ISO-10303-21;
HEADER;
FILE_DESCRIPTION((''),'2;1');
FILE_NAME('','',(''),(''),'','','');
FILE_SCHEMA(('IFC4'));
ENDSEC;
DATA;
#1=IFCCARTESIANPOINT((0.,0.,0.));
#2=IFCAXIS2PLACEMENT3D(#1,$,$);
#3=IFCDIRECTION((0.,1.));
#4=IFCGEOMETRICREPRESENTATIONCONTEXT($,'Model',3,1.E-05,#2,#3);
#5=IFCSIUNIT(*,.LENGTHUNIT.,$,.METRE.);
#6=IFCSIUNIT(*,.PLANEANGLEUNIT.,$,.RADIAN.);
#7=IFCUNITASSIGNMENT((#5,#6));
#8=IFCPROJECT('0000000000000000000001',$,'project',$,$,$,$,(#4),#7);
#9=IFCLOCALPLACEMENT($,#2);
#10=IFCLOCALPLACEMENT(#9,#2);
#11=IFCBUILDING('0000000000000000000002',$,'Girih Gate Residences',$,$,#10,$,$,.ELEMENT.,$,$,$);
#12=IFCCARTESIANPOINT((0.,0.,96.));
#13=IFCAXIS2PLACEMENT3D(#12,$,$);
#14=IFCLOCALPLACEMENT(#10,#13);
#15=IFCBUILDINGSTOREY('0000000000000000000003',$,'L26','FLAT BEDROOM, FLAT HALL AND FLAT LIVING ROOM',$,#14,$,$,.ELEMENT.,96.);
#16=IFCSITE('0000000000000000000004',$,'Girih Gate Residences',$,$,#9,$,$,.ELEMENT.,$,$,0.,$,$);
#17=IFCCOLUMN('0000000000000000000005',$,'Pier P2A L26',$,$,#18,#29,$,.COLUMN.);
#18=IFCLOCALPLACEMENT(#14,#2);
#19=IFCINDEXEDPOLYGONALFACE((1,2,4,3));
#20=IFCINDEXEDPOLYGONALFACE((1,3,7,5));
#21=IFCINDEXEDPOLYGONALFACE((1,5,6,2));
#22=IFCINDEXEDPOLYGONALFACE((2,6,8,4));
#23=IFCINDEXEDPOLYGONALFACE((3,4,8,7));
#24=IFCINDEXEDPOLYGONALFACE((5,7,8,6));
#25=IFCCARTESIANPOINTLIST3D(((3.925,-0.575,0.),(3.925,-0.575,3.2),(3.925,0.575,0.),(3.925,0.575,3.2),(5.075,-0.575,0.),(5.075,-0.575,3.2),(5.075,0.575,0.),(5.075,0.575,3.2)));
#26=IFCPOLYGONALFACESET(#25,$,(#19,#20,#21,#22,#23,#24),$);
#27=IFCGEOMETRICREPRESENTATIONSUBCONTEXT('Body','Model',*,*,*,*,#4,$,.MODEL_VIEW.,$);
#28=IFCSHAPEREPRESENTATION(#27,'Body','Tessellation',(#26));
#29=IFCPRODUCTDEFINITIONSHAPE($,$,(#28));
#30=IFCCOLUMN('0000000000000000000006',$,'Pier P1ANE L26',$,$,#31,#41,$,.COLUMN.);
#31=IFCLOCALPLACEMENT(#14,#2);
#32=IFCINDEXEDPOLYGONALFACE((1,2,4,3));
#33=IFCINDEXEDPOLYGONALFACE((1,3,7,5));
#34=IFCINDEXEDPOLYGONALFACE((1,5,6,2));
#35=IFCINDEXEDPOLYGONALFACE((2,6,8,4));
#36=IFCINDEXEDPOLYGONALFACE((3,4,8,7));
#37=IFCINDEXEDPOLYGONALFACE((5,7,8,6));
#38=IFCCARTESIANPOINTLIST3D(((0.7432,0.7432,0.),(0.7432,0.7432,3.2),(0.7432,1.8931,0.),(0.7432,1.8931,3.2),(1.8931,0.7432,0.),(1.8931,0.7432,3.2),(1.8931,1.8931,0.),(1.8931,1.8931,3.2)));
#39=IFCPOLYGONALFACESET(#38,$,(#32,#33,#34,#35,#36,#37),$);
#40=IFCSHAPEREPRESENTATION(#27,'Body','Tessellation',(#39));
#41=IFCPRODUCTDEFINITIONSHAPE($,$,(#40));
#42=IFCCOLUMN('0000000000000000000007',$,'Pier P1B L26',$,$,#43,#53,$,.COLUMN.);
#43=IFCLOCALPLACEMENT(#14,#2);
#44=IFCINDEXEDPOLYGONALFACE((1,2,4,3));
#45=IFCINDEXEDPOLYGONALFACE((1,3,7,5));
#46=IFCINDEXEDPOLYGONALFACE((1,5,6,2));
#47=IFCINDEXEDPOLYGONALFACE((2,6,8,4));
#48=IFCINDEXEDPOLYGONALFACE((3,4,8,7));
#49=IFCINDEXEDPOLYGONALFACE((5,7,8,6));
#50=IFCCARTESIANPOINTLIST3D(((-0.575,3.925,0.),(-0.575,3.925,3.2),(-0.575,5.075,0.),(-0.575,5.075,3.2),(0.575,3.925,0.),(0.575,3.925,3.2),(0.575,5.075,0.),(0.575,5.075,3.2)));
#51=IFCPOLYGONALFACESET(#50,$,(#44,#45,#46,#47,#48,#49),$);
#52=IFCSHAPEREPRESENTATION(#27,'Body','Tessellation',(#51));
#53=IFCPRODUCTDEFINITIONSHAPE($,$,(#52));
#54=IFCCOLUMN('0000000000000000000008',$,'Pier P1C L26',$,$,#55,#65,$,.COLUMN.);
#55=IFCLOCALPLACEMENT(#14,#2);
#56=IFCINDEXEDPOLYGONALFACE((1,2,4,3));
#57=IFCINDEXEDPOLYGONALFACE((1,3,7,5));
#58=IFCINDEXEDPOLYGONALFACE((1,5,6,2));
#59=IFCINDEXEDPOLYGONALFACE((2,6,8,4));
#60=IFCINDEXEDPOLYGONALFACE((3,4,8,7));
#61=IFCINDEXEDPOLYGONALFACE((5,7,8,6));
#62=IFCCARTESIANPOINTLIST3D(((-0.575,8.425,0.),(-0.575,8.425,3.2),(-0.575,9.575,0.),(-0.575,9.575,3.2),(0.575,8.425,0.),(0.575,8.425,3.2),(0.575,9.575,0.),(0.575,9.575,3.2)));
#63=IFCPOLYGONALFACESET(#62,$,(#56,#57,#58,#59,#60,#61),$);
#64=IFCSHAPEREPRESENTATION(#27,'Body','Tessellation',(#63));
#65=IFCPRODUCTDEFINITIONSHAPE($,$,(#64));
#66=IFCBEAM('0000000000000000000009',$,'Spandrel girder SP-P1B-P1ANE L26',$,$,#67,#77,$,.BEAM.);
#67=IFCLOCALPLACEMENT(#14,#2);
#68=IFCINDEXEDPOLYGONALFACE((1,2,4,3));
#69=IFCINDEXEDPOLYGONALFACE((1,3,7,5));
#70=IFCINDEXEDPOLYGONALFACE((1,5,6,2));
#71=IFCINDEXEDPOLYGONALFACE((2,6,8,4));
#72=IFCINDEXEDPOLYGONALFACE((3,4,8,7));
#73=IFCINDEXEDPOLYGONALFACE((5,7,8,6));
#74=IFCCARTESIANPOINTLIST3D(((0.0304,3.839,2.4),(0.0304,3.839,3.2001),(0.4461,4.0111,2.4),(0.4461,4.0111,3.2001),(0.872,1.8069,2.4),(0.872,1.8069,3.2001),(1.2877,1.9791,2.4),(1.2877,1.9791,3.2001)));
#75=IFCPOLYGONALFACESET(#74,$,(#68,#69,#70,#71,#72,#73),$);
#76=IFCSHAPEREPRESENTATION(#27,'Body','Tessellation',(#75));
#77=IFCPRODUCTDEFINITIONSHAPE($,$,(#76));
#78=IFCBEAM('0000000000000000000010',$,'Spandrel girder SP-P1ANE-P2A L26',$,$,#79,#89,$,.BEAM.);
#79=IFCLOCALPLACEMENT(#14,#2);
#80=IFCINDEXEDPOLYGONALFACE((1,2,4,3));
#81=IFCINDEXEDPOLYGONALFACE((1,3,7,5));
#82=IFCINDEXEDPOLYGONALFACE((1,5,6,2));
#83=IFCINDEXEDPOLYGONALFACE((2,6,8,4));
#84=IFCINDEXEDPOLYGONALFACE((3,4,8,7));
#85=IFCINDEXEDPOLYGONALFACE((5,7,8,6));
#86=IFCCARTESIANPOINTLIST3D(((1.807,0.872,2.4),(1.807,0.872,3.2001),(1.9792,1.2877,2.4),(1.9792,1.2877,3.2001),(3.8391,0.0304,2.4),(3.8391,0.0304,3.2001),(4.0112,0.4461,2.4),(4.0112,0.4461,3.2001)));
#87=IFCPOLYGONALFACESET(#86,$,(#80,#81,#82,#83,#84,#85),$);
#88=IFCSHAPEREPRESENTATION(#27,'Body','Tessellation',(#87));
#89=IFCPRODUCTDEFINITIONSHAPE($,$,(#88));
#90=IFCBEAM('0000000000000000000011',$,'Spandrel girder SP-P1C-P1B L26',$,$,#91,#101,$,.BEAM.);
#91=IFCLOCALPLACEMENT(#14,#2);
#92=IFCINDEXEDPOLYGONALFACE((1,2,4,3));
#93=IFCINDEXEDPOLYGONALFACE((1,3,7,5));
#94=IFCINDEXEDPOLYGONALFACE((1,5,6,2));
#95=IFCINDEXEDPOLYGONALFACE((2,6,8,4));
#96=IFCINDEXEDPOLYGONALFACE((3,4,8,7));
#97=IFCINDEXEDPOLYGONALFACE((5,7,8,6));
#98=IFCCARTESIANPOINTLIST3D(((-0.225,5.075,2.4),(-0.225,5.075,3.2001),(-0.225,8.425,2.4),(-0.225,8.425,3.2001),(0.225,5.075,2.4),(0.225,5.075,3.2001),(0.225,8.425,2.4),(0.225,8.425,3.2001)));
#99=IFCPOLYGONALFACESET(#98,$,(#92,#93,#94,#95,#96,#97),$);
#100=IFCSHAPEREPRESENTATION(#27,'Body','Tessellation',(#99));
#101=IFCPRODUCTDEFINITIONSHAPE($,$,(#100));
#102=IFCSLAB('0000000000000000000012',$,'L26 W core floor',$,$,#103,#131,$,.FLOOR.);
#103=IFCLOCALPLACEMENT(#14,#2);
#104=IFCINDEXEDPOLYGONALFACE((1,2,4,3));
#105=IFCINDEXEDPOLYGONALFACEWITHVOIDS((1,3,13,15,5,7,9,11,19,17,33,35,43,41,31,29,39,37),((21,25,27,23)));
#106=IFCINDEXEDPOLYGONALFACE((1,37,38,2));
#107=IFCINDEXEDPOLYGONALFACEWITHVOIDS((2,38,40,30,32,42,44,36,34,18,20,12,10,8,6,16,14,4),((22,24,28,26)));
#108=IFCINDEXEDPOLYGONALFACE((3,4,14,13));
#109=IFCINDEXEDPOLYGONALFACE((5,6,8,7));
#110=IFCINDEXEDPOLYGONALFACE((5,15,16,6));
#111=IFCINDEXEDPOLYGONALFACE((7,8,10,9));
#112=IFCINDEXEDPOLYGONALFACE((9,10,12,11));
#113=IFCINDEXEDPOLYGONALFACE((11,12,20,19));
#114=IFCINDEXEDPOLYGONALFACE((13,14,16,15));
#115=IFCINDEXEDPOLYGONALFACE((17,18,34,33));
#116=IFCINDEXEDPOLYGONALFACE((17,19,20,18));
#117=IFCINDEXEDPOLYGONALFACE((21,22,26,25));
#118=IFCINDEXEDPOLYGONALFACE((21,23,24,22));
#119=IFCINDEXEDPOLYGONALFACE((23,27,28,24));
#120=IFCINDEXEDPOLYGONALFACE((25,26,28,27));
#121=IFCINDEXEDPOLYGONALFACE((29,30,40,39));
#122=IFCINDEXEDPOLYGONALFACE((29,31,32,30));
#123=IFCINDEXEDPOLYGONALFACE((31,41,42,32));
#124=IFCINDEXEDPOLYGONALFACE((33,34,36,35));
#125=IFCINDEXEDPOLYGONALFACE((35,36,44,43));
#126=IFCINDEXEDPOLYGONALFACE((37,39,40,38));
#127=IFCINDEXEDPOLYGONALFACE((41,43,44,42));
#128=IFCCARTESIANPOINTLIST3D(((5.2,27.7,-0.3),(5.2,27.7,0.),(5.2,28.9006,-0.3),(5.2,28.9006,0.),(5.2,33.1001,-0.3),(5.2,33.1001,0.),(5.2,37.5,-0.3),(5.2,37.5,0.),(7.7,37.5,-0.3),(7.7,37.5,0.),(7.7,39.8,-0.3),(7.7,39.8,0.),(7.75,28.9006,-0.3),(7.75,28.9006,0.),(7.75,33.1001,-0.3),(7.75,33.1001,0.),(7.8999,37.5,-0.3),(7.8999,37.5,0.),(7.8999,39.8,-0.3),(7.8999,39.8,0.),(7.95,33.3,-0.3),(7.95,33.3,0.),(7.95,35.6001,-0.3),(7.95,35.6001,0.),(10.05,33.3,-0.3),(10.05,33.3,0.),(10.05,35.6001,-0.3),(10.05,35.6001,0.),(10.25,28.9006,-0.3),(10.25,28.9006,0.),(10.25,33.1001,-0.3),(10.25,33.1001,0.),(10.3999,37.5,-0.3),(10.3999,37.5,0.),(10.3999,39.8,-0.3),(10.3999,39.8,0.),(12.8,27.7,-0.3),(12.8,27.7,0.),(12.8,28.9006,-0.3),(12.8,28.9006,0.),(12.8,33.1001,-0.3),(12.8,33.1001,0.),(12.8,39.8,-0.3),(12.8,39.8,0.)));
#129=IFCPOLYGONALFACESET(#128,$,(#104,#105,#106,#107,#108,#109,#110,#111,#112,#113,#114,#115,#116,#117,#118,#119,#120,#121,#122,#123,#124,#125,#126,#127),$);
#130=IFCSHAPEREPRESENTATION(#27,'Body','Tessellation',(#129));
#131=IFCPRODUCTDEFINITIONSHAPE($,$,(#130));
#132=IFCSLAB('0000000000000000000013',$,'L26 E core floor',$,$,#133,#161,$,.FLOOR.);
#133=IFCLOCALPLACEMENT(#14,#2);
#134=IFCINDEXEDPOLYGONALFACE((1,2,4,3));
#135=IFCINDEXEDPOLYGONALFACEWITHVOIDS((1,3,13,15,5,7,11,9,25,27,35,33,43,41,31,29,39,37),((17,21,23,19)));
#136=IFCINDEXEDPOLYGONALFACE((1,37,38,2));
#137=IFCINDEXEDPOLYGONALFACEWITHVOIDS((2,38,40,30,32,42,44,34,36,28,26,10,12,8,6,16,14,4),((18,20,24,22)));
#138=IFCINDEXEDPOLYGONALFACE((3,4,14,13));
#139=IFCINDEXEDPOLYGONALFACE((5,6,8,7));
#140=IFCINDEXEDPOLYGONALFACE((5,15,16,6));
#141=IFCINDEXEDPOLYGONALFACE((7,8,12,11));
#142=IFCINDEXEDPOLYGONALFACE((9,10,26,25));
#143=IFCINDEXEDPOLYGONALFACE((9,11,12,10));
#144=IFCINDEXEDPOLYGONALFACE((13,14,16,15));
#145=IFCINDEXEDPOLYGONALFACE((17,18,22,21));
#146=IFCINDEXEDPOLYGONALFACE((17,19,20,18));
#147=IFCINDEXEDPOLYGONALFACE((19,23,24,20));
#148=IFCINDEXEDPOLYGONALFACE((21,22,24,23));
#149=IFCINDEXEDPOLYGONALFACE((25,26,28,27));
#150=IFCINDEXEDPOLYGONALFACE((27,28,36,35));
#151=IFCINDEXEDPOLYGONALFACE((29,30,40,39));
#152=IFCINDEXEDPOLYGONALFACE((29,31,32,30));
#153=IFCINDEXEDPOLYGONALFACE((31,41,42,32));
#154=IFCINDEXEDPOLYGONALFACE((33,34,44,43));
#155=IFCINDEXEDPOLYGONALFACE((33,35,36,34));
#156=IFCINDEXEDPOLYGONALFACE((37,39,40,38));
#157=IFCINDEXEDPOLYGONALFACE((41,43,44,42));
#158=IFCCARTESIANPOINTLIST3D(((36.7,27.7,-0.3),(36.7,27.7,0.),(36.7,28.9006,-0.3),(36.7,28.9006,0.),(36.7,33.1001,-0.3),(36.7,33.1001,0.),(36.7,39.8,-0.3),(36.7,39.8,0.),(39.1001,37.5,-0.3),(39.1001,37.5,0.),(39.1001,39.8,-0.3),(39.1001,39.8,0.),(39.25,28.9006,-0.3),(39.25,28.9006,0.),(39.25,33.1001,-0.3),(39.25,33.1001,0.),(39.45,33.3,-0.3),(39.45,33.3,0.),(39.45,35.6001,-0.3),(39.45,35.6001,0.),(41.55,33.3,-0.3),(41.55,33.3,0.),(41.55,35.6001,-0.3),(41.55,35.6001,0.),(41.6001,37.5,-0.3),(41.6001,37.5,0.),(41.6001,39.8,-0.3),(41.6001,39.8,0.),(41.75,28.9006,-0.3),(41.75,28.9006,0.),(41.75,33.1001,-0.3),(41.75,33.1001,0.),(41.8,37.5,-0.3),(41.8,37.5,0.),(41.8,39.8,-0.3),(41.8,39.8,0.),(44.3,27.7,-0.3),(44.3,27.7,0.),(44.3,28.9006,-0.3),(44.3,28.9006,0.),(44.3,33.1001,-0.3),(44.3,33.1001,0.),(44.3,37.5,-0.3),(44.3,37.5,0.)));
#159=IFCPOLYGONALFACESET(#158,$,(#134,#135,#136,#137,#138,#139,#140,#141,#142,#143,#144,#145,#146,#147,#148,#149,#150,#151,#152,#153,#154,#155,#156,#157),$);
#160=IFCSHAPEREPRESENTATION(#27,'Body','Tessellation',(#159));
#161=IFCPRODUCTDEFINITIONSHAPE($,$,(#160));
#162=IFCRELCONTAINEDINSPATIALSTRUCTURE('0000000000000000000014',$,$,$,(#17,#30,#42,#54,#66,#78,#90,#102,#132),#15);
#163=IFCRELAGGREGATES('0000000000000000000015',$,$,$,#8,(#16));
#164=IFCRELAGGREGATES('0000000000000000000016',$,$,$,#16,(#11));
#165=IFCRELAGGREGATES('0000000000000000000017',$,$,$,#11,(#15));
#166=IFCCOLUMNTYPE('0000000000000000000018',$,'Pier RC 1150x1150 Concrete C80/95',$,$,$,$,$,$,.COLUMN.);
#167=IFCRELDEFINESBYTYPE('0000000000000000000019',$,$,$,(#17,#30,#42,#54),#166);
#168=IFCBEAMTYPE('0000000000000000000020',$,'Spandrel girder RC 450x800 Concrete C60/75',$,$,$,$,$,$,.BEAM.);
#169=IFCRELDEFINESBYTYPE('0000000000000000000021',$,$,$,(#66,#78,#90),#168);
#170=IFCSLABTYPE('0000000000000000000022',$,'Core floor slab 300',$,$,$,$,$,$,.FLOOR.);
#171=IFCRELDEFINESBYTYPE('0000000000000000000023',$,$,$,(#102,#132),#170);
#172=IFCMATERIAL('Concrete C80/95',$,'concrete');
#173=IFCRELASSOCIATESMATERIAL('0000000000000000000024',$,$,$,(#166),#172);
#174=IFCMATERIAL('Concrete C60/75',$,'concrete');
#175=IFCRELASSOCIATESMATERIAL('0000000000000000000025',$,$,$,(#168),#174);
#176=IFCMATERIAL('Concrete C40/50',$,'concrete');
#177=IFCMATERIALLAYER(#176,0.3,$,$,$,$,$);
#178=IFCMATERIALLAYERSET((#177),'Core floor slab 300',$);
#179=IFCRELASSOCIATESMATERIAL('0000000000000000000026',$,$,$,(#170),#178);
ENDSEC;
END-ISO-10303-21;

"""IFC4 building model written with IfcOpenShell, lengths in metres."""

from ifc_helpers import new_model, si_unit, direction, frame, origin, origin_2d, place, context, subcontext, project, spatial, polyline, rectangle, outline, extrude, material, layer, layer_set, material_profile, profile_set, type_object, element, save


model = new_model("IFC4")

# Units and contexts
model_context = context("Model", 3, precision=1e-05, world=origin(), true_north=direction((0.0, 1.0)))
body_context = subcontext(model_context, "Body", "Model", "MODEL_VIEW")
ifc_project = project(units=[si_unit("LENGTHUNIT", "METRE"), si_unit("PLANEANGLEUNIT", "RADIAN")], contexts=[model_context])

# Site, building, storey
site_placement = place(None, origin())
site = spatial("IfcSite", under=ifc_project, at=site_placement, Name="Girih Gate Residences", CompositionType="ELEMENT", RefElevation=0.0)
building_placement = place(site_placement, origin())
building = spatial("IfcBuilding", under=site, at=building_placement, Name="Girih Gate Residences", CompositionType="ELEMENT")
storey_placement = place(building_placement, frame((0.0, 0.0, 96.0)))
storey = spatial("IfcBuildingStorey", under=building, at=storey_placement, Name="L26", Description="FLAT BEDROOM, FLAT HALL AND FLAT LIVING ROOM", CompositionType="ELEMENT", Elevation=96.0)

# Columns
ifc_material_1 = material(Name="Concrete C80/95", Category="concrete")
ifc_material_profile_1 = material_profile(ifc_material_1, rectangle(XDim=1.1499, YDim=1.1499, at=origin_2d()))
ifc_profile_set_1 = profile_set([ifc_material_profile_1], Name="Concrete C80/95")
column_type = type_object("IfcColumnType", Name="Pier RC 1150x1150 Concrete C80/95", PredefinedType="COLUMN", material=ifc_profile_set_1)
for number, where, z_axis, x_axis, name in (
    (1, (4.5, 0.0, 0.0), (0.0, 0.0, 1.0), (1.0, 0.0, 0.0), "Pier P2A L26"),
    (2, (1.3181, 1.3181, 0.0), (0.0, 0.0, 1.0), (1.0, 0.0, 0.0), "Pier P1ANE L26"),
    (3, (0.0, 4.5, 0.0), (0.0, 0.0, 1.0), (1.0, 0.0, 0.0), "Pier P1B L26"),
    (4, (0.0, 9.0, 0.0), (0.0, 0.0, 1.0), (1.0, 0.0, 0.0), "Pier P1C L26"),
):
    element("IfcColumn", number, at=place(storey_placement, frame(where, z_axis=z_axis, x_axis=x_axis)), inside=storey, type_object=column_type, Name=name, PredefinedType="COLUMN", context=body_context, shape_type="SweptSolid", body=[
        extrude(rectangle(XDim=1.1499, YDim=1.1499, at=origin_2d()), origin(), (0.0, 0.0, 1.0), 3.2),
    ])

# Beams
ifc_material_2 = material(Name="Concrete C60/75", Category="concrete")
ifc_material_profile_2 = material_profile(ifc_material_2, rectangle(XDim=0.45, YDim=0.8, at=origin_2d()))
ifc_profile_set_2 = profile_set([ifc_material_profile_2], Name="Concrete C60/75")
beam_type = type_object("IfcBeamType", Name="Spandrel girder RC 450x800 Concrete C60/75", PredefinedType="BEAM", material=ifc_profile_set_2)
for number, where, z_axis, x_axis, name in (
    (5, (0.2383, 3.925, 2.8), (0.382636, -0.923899, 0.0), (0.923899, 0.382636, 0.0), "Spandrel girder SP-P1B-P1ANE L26"),
    (6, (1.8931, 1.0798, 2.8), (0.923899, -0.382636, 0.0), (0.382636, 0.923899, 0.0), "Spandrel girder SP-P1ANE-P2A L26"),
):
    element("IfcBeam", number, at=place(storey_placement, frame(where, z_axis=z_axis, x_axis=x_axis)), inside=storey, type_object=beam_type, Name=name, PredefinedType="BEAM", context=body_context, shape_type="SweptSolid", body=[
        extrude(rectangle(XDim=0.45, YDim=0.8, at=origin_2d()), origin(), (0.0, 0.0, 1.0), 2.1995),
    ])
beam_placement = place(storey_placement, frame((0.0, 8.425, 2.8), z_axis=(0.0, -1.0, 0.0), x_axis=(1.0, 0.0, 0.0)))
element("IfcBeam", 7, at=beam_placement, inside=storey, type_object=beam_type, Name="Spandrel girder SP-P1C-P1B L26", PredefinedType="BEAM", context=body_context, shape_type="SweptSolid", body=[
    extrude(rectangle(XDim=0.45, YDim=0.8, at=origin_2d()), origin(), (0.0, 0.0, 1.0), 3.3501),
])

# Slabs
ifc_material_3 = material(Name="Concrete C40/50", Category="concrete")
ifc_layer_1 = layer(ifc_material_3, 0.3)
ifc_layer_set_1 = layer_set([ifc_layer_1], Name="Core floor slab 300")
slab_type_1 = type_object("IfcSlabType", Name="Core floor slab 300", PredefinedType="FLOOR", material=ifc_layer_set_1)
slab_1_placement = place(storey_placement, frame((0.0, 0.0, -0.3)))
element("IfcSlab", 8, at=slab_1_placement, inside=storey, type_object=slab_type_1, Name="L26 W core floor", PredefinedType="FLOOR", context=body_context, shape_type="SweptSolid", body=[
    extrude(outline(polyline([(12.8, 27.7), (5.2, 27.7), (5.2, 28.9006), (7.75, 28.9006), (7.75, 33.1001), (5.2, 33.1001), (5.2, 37.5), (7.7, 37.5), (7.7, 39.8), (7.8999, 39.8), (7.8999, 37.5), (10.3999, 37.5), (10.3999, 39.8), (12.8, 39.8), (12.8, 33.1001), (10.25, 33.1001), (10.25, 28.9006), (12.8, 28.9006), (12.8, 27.7)]), holes=[polyline([(7.95, 33.3), (10.05, 33.3), (10.05, 35.6001), (7.95, 35.6001), (7.95, 33.3)])]), origin(), (0.0, 0.0, 1.0), 0.3),
])
slab_2_placement = place(storey_placement, frame((0.0, 0.0, -0.3)))
element("IfcSlab", 9, at=slab_2_placement, inside=storey, type_object=slab_type_1, Name="L26 E core floor", PredefinedType="FLOOR", context=body_context, shape_type="SweptSolid", body=[
    extrude(outline(polyline([(44.3, 27.7), (36.7, 27.7), (36.7, 28.9006), (39.25, 28.9006), (39.25, 33.1001), (36.7, 33.1001), (36.7, 39.8), (39.1001, 39.8), (39.1001, 37.5), (41.6001, 37.5), (41.6001, 39.8), (41.8, 39.8), (41.8, 37.5), (44.3, 37.5), (44.3, 33.1001), (41.75, 33.1001), (41.75, 28.9006), (44.3, 28.9006), (44.3, 27.7)]), holes=[polyline([(39.45, 33.3), (41.55, 33.3), (41.55, 35.6001), (39.45, 35.6001), (39.45, 33.3)])]), origin(), (0.0, 0.0, 1.0), 0.3),
])

save(model, "model.ifc")
